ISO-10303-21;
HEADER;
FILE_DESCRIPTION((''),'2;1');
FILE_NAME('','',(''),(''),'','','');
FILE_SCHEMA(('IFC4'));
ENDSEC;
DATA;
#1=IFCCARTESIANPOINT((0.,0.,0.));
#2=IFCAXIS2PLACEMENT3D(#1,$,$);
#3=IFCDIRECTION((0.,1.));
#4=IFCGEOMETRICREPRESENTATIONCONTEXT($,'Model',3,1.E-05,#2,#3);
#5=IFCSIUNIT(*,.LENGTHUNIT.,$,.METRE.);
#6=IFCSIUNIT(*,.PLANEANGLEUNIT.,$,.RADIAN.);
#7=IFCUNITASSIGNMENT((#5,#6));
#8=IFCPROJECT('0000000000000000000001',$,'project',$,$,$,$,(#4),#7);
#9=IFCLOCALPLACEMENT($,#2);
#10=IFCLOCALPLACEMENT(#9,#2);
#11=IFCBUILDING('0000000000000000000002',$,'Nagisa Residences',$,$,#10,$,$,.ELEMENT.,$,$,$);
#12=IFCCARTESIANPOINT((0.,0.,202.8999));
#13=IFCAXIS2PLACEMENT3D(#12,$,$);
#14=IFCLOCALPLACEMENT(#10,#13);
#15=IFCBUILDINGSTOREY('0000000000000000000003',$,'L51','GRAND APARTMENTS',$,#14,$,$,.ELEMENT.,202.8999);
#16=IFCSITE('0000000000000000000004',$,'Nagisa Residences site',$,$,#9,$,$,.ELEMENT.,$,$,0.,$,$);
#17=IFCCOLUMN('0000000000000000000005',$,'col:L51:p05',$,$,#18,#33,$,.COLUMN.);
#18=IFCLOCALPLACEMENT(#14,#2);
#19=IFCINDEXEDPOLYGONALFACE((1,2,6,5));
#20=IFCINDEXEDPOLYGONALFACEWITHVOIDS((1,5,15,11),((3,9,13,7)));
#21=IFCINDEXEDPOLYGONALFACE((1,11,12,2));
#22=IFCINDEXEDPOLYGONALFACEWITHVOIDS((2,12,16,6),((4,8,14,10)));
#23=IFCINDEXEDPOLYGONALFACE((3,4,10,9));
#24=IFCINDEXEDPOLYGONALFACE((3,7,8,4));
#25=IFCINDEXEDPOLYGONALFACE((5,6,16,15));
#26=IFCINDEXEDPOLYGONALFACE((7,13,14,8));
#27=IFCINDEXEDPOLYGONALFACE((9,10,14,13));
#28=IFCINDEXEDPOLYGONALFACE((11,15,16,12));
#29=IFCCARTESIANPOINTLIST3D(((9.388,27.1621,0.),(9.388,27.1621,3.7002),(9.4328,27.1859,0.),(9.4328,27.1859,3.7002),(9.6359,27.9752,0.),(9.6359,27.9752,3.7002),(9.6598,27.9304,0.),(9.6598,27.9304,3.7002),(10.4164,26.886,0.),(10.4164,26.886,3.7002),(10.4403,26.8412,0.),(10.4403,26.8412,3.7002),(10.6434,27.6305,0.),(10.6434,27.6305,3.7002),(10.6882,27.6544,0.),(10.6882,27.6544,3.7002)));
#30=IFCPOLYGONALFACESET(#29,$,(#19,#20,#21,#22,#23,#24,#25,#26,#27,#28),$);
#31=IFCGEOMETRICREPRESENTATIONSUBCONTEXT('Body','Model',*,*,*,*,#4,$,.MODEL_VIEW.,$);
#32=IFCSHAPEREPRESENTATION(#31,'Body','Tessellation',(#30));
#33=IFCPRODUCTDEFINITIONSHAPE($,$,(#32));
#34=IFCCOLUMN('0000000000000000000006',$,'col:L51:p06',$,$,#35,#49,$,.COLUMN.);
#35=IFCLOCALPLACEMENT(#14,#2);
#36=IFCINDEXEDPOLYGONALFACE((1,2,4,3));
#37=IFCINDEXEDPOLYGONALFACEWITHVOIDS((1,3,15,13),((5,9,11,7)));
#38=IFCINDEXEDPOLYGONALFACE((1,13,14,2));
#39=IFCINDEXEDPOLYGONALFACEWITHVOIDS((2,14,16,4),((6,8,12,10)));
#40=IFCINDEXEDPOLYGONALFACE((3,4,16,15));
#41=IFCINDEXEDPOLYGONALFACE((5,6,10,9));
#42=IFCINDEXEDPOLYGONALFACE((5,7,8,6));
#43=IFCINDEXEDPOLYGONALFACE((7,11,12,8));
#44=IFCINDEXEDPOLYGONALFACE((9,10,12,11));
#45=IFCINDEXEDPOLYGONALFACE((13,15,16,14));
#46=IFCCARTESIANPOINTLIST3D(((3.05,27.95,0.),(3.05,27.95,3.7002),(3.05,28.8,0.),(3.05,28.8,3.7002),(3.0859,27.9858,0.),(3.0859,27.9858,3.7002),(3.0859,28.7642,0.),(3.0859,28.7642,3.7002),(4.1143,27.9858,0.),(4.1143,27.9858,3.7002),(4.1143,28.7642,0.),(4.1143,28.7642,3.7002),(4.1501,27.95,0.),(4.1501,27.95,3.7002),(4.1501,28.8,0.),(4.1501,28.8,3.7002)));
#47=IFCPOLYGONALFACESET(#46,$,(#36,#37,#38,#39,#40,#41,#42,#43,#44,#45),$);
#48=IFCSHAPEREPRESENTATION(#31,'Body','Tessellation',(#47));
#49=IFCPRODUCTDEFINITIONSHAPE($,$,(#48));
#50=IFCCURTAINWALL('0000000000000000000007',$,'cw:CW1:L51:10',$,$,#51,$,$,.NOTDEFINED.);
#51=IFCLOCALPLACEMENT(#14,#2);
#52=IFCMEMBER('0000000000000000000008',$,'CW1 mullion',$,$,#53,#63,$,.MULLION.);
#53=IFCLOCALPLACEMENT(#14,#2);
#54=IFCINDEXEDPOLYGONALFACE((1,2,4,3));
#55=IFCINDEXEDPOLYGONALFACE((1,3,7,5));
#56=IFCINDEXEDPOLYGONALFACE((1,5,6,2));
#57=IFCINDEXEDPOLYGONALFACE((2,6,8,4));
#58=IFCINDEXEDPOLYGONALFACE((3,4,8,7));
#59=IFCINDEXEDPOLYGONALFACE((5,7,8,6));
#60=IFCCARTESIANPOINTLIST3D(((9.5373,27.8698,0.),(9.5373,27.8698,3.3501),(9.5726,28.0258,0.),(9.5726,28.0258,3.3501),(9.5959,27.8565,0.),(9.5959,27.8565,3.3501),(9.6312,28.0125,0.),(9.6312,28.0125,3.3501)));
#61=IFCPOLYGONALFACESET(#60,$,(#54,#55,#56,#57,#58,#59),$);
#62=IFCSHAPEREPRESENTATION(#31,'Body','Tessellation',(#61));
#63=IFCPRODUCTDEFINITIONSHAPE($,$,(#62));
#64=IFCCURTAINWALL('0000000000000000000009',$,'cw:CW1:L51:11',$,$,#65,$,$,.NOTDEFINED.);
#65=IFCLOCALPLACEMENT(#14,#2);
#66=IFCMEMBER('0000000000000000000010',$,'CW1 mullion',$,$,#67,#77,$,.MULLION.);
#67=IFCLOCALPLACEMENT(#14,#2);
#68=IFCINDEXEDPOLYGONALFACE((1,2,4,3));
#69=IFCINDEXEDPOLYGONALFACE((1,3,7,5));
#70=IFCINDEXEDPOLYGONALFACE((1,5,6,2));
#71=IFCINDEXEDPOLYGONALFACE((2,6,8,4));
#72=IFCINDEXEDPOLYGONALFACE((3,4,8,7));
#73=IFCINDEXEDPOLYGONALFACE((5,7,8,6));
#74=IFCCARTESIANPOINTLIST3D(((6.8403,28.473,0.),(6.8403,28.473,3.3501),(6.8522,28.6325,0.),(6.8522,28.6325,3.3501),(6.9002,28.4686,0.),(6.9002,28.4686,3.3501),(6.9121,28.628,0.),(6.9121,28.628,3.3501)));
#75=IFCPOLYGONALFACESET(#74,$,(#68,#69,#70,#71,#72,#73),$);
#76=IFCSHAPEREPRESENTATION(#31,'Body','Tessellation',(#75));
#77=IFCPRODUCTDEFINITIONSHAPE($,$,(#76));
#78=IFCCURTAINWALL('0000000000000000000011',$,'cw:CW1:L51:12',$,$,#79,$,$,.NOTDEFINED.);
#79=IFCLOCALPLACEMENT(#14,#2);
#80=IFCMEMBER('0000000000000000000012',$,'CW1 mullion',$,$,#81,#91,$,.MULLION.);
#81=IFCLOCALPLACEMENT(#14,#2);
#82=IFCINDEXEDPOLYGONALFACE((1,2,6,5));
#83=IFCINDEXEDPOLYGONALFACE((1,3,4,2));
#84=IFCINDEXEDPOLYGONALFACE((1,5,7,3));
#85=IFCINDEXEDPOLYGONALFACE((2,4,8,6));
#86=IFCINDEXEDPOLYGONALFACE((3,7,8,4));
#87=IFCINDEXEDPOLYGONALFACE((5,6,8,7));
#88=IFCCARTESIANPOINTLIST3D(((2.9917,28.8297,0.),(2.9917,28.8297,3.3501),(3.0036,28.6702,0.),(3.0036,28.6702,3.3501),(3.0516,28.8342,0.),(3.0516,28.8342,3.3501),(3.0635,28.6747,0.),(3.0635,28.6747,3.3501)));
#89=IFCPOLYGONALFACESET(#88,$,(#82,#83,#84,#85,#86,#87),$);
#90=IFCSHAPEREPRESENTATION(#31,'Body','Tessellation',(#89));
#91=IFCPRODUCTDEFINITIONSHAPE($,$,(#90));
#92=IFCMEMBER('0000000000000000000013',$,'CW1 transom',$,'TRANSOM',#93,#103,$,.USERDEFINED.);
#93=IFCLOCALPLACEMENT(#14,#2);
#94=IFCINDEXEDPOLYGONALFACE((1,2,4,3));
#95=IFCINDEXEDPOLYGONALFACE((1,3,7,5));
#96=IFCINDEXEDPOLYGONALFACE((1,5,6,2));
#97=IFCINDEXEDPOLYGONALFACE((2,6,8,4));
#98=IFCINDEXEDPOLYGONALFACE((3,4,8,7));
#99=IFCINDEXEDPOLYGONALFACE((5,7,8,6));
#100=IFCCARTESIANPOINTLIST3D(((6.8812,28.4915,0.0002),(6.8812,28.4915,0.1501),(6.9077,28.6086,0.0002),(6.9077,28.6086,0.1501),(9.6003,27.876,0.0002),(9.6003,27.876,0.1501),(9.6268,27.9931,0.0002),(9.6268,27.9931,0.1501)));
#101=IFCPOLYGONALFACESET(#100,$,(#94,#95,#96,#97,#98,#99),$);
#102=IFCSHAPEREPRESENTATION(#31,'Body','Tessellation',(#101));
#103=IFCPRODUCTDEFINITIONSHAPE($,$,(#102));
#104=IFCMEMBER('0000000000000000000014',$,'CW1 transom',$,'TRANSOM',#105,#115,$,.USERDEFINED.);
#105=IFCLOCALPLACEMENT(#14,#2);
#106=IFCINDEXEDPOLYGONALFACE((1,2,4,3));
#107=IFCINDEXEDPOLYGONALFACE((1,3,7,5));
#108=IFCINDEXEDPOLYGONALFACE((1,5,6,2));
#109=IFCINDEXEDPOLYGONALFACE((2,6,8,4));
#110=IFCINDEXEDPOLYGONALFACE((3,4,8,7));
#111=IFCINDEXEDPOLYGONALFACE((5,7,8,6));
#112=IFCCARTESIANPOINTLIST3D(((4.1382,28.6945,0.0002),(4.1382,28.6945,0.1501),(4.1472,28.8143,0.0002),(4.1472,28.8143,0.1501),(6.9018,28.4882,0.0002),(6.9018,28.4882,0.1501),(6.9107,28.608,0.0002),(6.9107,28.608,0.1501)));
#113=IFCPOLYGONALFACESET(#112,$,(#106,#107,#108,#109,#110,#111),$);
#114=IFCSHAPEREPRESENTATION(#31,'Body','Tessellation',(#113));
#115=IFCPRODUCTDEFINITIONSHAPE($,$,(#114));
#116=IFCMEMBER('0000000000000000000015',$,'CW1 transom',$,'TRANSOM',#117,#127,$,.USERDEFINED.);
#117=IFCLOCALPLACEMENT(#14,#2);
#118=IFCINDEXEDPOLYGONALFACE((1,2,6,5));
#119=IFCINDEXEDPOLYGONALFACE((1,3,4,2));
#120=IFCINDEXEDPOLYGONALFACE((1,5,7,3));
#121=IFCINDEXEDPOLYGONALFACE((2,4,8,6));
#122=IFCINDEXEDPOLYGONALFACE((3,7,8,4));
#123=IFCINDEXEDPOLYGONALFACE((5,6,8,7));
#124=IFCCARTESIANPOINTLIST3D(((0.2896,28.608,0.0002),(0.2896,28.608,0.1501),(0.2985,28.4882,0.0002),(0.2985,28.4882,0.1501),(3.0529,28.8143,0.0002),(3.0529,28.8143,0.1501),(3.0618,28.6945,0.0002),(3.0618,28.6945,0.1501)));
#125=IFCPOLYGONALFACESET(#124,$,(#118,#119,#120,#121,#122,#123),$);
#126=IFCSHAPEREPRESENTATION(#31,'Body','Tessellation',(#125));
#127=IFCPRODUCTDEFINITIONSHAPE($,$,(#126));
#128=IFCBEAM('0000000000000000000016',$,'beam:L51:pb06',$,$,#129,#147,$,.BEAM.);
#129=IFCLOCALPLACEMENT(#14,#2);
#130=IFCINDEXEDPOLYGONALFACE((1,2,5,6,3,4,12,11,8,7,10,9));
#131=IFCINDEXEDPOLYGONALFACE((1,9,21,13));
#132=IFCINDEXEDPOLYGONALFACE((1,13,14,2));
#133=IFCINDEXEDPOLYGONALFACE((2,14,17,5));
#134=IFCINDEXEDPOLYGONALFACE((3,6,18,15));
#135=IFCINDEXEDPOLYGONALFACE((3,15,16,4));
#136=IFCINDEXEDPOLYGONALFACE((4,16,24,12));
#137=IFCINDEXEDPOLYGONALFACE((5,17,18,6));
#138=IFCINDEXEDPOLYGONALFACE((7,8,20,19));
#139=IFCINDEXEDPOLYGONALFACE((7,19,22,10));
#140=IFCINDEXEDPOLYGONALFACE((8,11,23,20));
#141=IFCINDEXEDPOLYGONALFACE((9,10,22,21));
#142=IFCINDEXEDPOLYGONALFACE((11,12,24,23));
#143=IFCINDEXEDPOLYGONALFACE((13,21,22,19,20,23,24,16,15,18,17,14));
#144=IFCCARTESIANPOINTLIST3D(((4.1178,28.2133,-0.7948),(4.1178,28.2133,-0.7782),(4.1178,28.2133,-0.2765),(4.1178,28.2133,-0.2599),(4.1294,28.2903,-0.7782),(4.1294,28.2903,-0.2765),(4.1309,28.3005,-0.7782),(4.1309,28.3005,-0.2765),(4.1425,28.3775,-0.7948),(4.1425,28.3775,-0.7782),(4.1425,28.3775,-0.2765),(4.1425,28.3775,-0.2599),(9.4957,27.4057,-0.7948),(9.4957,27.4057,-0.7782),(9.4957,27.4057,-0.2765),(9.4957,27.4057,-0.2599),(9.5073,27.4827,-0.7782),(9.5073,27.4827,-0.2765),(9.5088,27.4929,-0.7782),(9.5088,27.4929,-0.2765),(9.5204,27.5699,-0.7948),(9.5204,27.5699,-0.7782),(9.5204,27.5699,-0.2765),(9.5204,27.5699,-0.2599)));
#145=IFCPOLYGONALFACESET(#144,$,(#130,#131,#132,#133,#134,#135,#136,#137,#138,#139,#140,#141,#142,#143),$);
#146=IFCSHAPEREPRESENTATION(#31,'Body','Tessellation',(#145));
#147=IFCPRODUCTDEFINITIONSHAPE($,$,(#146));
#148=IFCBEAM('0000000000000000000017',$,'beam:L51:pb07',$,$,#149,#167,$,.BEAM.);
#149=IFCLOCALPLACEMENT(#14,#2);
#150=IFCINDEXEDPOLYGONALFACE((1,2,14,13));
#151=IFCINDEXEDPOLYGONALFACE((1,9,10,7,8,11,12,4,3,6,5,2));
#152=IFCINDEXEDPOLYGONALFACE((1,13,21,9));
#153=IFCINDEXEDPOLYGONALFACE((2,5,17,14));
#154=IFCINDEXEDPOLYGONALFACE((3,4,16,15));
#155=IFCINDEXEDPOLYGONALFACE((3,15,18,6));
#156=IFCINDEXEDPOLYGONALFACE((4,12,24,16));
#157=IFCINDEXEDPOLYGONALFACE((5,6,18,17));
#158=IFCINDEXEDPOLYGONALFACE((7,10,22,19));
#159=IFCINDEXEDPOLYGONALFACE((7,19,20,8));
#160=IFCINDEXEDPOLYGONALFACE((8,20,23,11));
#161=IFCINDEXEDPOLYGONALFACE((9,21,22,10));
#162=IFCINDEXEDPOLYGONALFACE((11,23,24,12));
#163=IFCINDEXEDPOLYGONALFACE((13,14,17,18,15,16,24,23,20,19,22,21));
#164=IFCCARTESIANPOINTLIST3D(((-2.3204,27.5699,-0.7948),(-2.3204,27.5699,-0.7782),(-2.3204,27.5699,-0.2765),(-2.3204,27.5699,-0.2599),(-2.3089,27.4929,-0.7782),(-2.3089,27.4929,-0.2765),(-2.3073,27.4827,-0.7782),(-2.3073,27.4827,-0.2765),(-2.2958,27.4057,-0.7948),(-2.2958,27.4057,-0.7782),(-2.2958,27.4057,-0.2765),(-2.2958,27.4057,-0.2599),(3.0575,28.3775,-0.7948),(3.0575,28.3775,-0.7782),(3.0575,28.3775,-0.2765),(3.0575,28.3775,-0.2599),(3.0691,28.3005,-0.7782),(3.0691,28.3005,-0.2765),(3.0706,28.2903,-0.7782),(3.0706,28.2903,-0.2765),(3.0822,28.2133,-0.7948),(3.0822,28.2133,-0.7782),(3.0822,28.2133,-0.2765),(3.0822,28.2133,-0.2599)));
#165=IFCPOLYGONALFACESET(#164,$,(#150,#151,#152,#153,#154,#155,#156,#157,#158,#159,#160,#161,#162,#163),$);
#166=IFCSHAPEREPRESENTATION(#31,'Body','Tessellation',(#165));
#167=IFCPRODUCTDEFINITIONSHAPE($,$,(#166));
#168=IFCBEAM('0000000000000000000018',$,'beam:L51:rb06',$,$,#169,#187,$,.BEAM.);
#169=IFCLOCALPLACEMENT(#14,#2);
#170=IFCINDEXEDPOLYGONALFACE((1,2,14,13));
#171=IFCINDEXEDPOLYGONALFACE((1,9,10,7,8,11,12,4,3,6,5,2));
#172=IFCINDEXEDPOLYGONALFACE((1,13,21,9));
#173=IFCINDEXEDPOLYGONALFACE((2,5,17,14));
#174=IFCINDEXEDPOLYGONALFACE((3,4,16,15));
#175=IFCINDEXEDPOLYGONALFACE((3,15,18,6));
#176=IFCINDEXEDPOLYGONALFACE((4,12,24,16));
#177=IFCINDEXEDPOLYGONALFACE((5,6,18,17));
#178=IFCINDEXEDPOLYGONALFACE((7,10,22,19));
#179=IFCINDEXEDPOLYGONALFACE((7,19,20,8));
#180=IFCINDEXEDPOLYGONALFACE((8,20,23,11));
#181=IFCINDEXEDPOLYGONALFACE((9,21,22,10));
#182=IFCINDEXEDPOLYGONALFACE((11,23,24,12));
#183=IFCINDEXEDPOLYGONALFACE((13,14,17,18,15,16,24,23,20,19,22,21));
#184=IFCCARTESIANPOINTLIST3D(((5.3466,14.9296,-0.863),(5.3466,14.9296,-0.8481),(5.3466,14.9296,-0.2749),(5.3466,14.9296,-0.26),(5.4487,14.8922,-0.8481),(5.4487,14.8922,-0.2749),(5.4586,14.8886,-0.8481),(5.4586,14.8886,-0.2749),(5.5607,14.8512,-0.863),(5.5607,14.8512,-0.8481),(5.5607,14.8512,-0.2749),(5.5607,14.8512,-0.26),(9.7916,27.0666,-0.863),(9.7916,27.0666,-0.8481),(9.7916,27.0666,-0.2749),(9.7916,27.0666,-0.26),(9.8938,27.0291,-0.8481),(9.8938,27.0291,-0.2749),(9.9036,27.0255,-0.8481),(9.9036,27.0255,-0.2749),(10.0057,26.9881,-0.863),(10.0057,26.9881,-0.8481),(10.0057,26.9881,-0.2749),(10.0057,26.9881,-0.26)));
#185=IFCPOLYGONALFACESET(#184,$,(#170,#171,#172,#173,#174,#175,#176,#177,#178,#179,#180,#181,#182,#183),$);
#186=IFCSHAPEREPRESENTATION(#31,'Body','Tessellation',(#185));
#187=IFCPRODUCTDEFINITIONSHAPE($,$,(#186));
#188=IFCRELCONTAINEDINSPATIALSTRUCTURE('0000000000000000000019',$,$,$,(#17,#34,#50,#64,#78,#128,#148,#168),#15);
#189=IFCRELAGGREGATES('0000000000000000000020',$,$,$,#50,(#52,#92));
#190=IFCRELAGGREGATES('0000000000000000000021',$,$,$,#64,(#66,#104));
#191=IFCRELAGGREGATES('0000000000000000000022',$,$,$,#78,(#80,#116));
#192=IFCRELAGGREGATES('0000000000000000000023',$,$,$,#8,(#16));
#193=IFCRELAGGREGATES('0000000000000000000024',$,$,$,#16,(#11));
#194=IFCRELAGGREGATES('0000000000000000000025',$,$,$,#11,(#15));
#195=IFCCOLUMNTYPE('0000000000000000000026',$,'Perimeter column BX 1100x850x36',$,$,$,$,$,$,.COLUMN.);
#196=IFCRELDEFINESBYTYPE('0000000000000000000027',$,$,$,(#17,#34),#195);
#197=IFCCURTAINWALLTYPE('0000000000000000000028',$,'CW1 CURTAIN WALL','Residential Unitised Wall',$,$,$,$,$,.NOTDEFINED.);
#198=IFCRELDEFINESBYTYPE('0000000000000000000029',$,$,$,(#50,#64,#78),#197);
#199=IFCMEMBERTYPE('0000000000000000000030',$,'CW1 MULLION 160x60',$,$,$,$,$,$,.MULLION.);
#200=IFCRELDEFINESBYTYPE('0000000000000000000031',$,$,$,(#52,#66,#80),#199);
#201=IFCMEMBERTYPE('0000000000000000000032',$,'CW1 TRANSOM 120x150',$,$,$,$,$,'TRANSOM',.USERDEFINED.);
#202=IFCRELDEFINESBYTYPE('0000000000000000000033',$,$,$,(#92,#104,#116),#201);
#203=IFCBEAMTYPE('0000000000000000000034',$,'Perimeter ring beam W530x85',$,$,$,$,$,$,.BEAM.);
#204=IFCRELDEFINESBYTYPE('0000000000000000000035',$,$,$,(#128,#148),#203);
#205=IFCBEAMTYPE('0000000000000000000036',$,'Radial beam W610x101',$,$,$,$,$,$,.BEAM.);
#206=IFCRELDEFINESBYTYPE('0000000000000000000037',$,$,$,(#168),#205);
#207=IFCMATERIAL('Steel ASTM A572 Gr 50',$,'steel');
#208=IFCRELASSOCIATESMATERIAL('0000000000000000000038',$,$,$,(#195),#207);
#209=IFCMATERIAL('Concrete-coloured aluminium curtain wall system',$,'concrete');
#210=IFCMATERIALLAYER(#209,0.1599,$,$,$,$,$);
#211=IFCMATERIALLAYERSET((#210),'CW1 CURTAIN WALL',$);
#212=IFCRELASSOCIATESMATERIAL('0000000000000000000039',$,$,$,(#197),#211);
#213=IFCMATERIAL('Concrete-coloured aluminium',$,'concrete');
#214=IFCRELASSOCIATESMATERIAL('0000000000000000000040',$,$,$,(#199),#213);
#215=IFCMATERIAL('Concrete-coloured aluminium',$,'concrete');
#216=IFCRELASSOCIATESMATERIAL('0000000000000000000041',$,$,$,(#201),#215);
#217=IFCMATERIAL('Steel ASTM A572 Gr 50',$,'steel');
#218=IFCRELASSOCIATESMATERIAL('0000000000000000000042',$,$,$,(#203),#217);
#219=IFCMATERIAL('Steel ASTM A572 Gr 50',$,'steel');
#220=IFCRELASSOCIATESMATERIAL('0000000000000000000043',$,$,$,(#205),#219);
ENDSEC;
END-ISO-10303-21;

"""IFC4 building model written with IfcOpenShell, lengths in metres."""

from ifc_helpers import new_model, si_unit, direction, frame, origin, origin_2d, place, context, subcontext, project, spatial, rectangle, hollow_rectangle, i_section, extrude, material, layer, layer_set, material_profile, profile_set, type_object, element, aggregate, save


model = new_model("IFC4")

# Units and contexts
model_context = context("Model", 3, precision=1e-05, world=origin(), true_north=direction((0.0, 1.0)))
body_context = subcontext(model_context, "Body", "Model", "MODEL_VIEW")
ifc_project = project(units=[si_unit("LENGTHUNIT", "METRE"), si_unit("PLANEANGLEUNIT", "RADIAN")], contexts=[model_context])

# Site, building, storey
site_placement = place(None, origin())
site = spatial("IfcSite", under=ifc_project, at=site_placement, Name="Nagisa Residences site", CompositionType="ELEMENT", RefElevation=0.0)
building_placement = place(site_placement, origin())
building = spatial("IfcBuilding", under=site, at=building_placement, Name="Nagisa Residences", CompositionType="ELEMENT")
storey_placement = place(building_placement, frame((0.0, 0.0, 202.8999)))
storey = spatial("IfcBuildingStorey", under=building, at=storey_placement, Name="L51", Description="GRAND APARTMENTS", CompositionType="ELEMENT", Elevation=202.8999)

# Columns
ifc_material_1 = material(Name="Steel ASTM A572 Gr 50", Category="steel")
ifc_material_profile_1 = material_profile(ifc_material_1, hollow_rectangle(XDim=1.1001, YDim=0.8501, WallThickness=0.0359, at=origin_2d()), Name="BX 1100x850x36")
ifc_profile_set_1 = profile_set([ifc_material_profile_1], Name="Steel ASTM A572 Gr 50")
column_type = type_object("IfcColumnType", Name="Perimeter column BX 1100x850x36", PredefinedType="COLUMN", material=ifc_profile_set_1)
for number, where, z_axis, x_axis, name in (
    (1, (10.0381, 27.4082, 0.0), (0.0, 0.0, 1.0), (-0.956525, 0.291652, 0.0), "col:L51:p05"),
    (2, (3.6001, 28.375, 0.0), (0.0, 0.0, 1.0), (-1.0, 0.0, 0.0), "col:L51:p06"),
):
    element("IfcColumn", number, at=place(storey_placement, frame(where, z_axis=z_axis, x_axis=x_axis)), inside=storey, type_object=column_type, Name=name, PredefinedType="COLUMN", context=body_context, shape_type="SweptSolid", body=[
        extrude(hollow_rectangle(XDim=1.1001, YDim=0.8501, WallThickness=0.0359, at=origin_2d()), origin(), (0.0, 0.0, 1.0), 3.7002),
    ])

# Curtain walls, members
ifc_material_2 = material(Name="Concrete-coloured aluminium curtain wall system", Category="concrete")
ifc_layer_1 = layer(ifc_material_2, 0.1599)
ifc_layer_set_1 = layer_set([ifc_layer_1], Name="CW1 CURTAIN WALL")
curtain_wall_type = type_object("IfcCurtainWallType", Name="CW1 CURTAIN WALL", Description="Residential Unitised Wall", PredefinedType="NOTDEFINED", material=ifc_layer_set_1)
curtain_wall_1_placement = place(storey_placement, origin())
curtain_wall_1 = element("IfcCurtainWall", 3, at=curtain_wall_1_placement, inside=storey, type_object=curtain_wall_type, Name="cw:CW1:L51:10", PredefinedType="NOTDEFINED")
ifc_material_3 = material(Name="Concrete-coloured aluminium", Category="concrete")
ifc_material_profile_2 = material_profile(ifc_material_3, rectangle(XDim=0.1599, YDim=0.0601, at=origin_2d()), Name="CW1 MULLION 160x60")
ifc_profile_set_2 = profile_set([ifc_material_profile_2], Name="Concrete-coloured aluminium")
member_type_1 = type_object("IfcMemberType", Name="CW1 MULLION 160x60", PredefinedType="MULLION", material=ifc_profile_set_2)
member_1_placement = place(storey_placement, frame((9.5842, 27.9412, 0.0), z_axis=(0.0, 0.0, 1.0), x_axis=(-0.220764, -0.975327, 0.0)))
member_1 = element("IfcMember", 4, at=member_1_placement, type_object=member_type_1, Name="CW1 mullion", PredefinedType="MULLION", context=body_context, shape_type="SweptSolid", body=[
    extrude(rectangle(XDim=0.1599, YDim=0.0601, at=origin_2d()), origin(), (0.0, 0.0, 1.0), 3.3501),
])
curtain_wall_2_placement = place(storey_placement, origin())
curtain_wall_2 = element("IfcCurtainWall", 5, at=curtain_wall_2_placement, inside=storey, type_object=curtain_wall_type, Name="cw:CW1:L51:11", PredefinedType="NOTDEFINED")
member_2_placement = place(storey_placement, frame((6.8762, 28.5505, 0.0), z_axis=(0.0, 0.0, 1.0), x_axis=(-0.074377, -0.99723, 0.0)))
member_2 = element("IfcMember", 6, at=member_2_placement, type_object=member_type_1, Name="CW1 mullion", PredefinedType="MULLION", context=body_context, shape_type="SweptSolid", body=[
    extrude(rectangle(XDim=0.1599, YDim=0.0601, at=origin_2d()), origin(), (0.0, 0.0, 1.0), 3.3501),
])
curtain_wall_3_placement = place(storey_placement, origin())
curtain_wall_3 = element("IfcCurtainWall", 7, at=curtain_wall_3_placement, inside=storey, type_object=curtain_wall_type, Name="cw:CW1:L51:12", PredefinedType="NOTDEFINED")
member_3_placement = place(storey_placement, frame((3.0276, 28.7522, 0.0), z_axis=(0.0, 0.0, 1.0), x_axis=(0.074377, -0.99723, 0.0)))
member_3 = element("IfcMember", 8, at=member_3_placement, type_object=member_type_1, Name="CW1 mullion", PredefinedType="MULLION", context=body_context, shape_type="SweptSolid", body=[
    extrude(rectangle(XDim=0.1599, YDim=0.0601, at=origin_2d()), origin(), (0.0, 0.0, 1.0), 3.3501),
])

# Members
ifc_material_4 = material(Name="Concrete-coloured aluminium", Category="concrete")
ifc_material_profile_3 = material_profile(ifc_material_4, rectangle(XDim=0.1201, YDim=0.1499, at=origin_2d()), Name="CW1 TRANSOM 120x150")
ifc_profile_set_3 = profile_set([ifc_material_profile_3], Name="Concrete-coloured aluminium")
member_type_2 = type_object("IfcMemberType", Name="CW1 TRANSOM 120x150", ElementType="TRANSOM", PredefinedType="USERDEFINED", material=ifc_profile_set_3)
member_4_placement = place(storey_placement, frame((9.6135, 27.9346, 0.0752), z_axis=(-0.975324, 0.220777, 0.0), x_axis=(-0.220777, -0.975324, 0.0)))
member_4 = element("IfcMember", 9, at=member_4_placement, type_object=member_type_2, Name="CW1 transom", ObjectType="TRANSOM", PredefinedType="USERDEFINED", context=body_context, shape_type="SweptSolid", body=[
    extrude(rectangle(XDim=0.1201, YDim=0.1499, at=origin_2d()), origin(), (0.0, 0.0, 1.0), 2.7878),
])
member_5_placement = place(storey_placement, frame((6.9062, 28.5481, 0.0752), z_axis=(-0.997226, 0.07444, 0.0), x_axis=(-0.07444, -0.997226, 0.0)))
member_5 = element("IfcMember", 10, at=member_5_placement, type_object=member_type_2, Name="CW1 transom", ObjectType="TRANSOM", PredefinedType="USERDEFINED", context=body_context, shape_type="SweptSolid", body=[
    extrude(rectangle(XDim=0.1201, YDim=0.1499, at=origin_2d()), origin(), (0.0, 0.0, 1.0), 2.7712),
])
member_6_placement = place(storey_placement, frame((3.0574, 28.7544, 0.0752), z_axis=(-0.997225, -0.074446, 0.0), x_axis=(0.074446, -0.997225, 0.0)))
member_6 = element("IfcMember", 11, at=member_6_placement, type_object=member_type_2, Name="CW1 transom", ObjectType="TRANSOM", PredefinedType="USERDEFINED", context=body_context, shape_type="SweptSolid", body=[
    extrude(rectangle(XDim=0.1201, YDim=0.1499, at=origin_2d()), origin(), (0.0, 0.0, 1.0), 2.771),
])

# Beams
ifc_material_5 = material(Name="Steel ASTM A572 Gr 50", Category="steel")
ifc_material_profile_4 = material_profile(ifc_material_5, i_section(OverallWidth=0.166, OverallDepth=0.5349, WebThickness=0.0103, FlangeThickness=0.0166, at=origin_2d()), Name="W530x85")
ifc_profile_set_4 = profile_set([ifc_material_profile_4], Name="Steel ASTM A572 Gr 50")
beam_type_1 = type_object("IfcBeamType", Name="Perimeter ring beam W530x85", PredefinedType="BEAM", material=ifc_profile_set_4)
for number, where, z_axis, x_axis, name in (
    (12, (9.5081, 27.4878, -0.5273), (-0.988911, 0.148507, 0.0), (-0.148507, -0.988911, 0.0), "beam:L51:pb06"),
    (13, (3.0698, 28.2954, -0.5273), (-0.988911, -0.148507, 0.0), (0.148507, -0.988911, 0.0), "beam:L51:pb07"),
):
    element("IfcBeam", number, at=place(storey_placement, frame(where, z_axis=z_axis, x_axis=x_axis)), inside=storey, type_object=beam_type_1, Name=name, PredefinedType="BEAM", context=body_context, shape_type="SweptSolid", body=[
        extrude(i_section(OverallWidth=0.166, OverallDepth=0.5349, WebThickness=0.0103, FlangeThickness=0.0166, at=origin_2d()), origin(), (0.0, 0.0, 1.0), 5.4382),
    ])
ifc_material_6 = material(Name="Steel ASTM A572 Gr 50", Category="steel")
ifc_material_profile_5 = material_profile(ifc_material_6, i_section(OverallWidth=0.228, OverallDepth=0.603, WebThickness=0.0105, FlangeThickness=0.0149, at=origin_2d()), Name="W610x101")
ifc_profile_set_5 = profile_set([ifc_material_profile_5], Name="Steel ASTM A572 Gr 50")
beam_type_2 = type_object("IfcBeamType", Name="Radial beam W610x101", PredefinedType="BEAM", material=ifc_profile_set_5)
beam_1_placement = place(storey_placement, frame((9.8987, 27.0273, -0.5615), z_axis=(-0.343903, -0.939005, 0.0), x_axis=(0.939005, -0.343903, 0.0)))
element("IfcBeam", 14, at=beam_1_placement, inside=storey, type_object=beam_type_2, Name="beam:L51:rb06", PredefinedType="BEAM", context=body_context, shape_type="SweptSolid", body=[
    extrude(i_section(OverallWidth=0.228, OverallDepth=0.603, WebThickness=0.0105, FlangeThickness=0.0149, at=origin_2d()), origin(), (0.0, 0.0, 1.0), 12.9253),
])

aggregate(curtain_wall_1, [member_1, member_4])
aggregate(curtain_wall_2, [member_2, member_5])
aggregate(curtain_wall_3, [member_3, member_6])

save(model, "model.ifc")
